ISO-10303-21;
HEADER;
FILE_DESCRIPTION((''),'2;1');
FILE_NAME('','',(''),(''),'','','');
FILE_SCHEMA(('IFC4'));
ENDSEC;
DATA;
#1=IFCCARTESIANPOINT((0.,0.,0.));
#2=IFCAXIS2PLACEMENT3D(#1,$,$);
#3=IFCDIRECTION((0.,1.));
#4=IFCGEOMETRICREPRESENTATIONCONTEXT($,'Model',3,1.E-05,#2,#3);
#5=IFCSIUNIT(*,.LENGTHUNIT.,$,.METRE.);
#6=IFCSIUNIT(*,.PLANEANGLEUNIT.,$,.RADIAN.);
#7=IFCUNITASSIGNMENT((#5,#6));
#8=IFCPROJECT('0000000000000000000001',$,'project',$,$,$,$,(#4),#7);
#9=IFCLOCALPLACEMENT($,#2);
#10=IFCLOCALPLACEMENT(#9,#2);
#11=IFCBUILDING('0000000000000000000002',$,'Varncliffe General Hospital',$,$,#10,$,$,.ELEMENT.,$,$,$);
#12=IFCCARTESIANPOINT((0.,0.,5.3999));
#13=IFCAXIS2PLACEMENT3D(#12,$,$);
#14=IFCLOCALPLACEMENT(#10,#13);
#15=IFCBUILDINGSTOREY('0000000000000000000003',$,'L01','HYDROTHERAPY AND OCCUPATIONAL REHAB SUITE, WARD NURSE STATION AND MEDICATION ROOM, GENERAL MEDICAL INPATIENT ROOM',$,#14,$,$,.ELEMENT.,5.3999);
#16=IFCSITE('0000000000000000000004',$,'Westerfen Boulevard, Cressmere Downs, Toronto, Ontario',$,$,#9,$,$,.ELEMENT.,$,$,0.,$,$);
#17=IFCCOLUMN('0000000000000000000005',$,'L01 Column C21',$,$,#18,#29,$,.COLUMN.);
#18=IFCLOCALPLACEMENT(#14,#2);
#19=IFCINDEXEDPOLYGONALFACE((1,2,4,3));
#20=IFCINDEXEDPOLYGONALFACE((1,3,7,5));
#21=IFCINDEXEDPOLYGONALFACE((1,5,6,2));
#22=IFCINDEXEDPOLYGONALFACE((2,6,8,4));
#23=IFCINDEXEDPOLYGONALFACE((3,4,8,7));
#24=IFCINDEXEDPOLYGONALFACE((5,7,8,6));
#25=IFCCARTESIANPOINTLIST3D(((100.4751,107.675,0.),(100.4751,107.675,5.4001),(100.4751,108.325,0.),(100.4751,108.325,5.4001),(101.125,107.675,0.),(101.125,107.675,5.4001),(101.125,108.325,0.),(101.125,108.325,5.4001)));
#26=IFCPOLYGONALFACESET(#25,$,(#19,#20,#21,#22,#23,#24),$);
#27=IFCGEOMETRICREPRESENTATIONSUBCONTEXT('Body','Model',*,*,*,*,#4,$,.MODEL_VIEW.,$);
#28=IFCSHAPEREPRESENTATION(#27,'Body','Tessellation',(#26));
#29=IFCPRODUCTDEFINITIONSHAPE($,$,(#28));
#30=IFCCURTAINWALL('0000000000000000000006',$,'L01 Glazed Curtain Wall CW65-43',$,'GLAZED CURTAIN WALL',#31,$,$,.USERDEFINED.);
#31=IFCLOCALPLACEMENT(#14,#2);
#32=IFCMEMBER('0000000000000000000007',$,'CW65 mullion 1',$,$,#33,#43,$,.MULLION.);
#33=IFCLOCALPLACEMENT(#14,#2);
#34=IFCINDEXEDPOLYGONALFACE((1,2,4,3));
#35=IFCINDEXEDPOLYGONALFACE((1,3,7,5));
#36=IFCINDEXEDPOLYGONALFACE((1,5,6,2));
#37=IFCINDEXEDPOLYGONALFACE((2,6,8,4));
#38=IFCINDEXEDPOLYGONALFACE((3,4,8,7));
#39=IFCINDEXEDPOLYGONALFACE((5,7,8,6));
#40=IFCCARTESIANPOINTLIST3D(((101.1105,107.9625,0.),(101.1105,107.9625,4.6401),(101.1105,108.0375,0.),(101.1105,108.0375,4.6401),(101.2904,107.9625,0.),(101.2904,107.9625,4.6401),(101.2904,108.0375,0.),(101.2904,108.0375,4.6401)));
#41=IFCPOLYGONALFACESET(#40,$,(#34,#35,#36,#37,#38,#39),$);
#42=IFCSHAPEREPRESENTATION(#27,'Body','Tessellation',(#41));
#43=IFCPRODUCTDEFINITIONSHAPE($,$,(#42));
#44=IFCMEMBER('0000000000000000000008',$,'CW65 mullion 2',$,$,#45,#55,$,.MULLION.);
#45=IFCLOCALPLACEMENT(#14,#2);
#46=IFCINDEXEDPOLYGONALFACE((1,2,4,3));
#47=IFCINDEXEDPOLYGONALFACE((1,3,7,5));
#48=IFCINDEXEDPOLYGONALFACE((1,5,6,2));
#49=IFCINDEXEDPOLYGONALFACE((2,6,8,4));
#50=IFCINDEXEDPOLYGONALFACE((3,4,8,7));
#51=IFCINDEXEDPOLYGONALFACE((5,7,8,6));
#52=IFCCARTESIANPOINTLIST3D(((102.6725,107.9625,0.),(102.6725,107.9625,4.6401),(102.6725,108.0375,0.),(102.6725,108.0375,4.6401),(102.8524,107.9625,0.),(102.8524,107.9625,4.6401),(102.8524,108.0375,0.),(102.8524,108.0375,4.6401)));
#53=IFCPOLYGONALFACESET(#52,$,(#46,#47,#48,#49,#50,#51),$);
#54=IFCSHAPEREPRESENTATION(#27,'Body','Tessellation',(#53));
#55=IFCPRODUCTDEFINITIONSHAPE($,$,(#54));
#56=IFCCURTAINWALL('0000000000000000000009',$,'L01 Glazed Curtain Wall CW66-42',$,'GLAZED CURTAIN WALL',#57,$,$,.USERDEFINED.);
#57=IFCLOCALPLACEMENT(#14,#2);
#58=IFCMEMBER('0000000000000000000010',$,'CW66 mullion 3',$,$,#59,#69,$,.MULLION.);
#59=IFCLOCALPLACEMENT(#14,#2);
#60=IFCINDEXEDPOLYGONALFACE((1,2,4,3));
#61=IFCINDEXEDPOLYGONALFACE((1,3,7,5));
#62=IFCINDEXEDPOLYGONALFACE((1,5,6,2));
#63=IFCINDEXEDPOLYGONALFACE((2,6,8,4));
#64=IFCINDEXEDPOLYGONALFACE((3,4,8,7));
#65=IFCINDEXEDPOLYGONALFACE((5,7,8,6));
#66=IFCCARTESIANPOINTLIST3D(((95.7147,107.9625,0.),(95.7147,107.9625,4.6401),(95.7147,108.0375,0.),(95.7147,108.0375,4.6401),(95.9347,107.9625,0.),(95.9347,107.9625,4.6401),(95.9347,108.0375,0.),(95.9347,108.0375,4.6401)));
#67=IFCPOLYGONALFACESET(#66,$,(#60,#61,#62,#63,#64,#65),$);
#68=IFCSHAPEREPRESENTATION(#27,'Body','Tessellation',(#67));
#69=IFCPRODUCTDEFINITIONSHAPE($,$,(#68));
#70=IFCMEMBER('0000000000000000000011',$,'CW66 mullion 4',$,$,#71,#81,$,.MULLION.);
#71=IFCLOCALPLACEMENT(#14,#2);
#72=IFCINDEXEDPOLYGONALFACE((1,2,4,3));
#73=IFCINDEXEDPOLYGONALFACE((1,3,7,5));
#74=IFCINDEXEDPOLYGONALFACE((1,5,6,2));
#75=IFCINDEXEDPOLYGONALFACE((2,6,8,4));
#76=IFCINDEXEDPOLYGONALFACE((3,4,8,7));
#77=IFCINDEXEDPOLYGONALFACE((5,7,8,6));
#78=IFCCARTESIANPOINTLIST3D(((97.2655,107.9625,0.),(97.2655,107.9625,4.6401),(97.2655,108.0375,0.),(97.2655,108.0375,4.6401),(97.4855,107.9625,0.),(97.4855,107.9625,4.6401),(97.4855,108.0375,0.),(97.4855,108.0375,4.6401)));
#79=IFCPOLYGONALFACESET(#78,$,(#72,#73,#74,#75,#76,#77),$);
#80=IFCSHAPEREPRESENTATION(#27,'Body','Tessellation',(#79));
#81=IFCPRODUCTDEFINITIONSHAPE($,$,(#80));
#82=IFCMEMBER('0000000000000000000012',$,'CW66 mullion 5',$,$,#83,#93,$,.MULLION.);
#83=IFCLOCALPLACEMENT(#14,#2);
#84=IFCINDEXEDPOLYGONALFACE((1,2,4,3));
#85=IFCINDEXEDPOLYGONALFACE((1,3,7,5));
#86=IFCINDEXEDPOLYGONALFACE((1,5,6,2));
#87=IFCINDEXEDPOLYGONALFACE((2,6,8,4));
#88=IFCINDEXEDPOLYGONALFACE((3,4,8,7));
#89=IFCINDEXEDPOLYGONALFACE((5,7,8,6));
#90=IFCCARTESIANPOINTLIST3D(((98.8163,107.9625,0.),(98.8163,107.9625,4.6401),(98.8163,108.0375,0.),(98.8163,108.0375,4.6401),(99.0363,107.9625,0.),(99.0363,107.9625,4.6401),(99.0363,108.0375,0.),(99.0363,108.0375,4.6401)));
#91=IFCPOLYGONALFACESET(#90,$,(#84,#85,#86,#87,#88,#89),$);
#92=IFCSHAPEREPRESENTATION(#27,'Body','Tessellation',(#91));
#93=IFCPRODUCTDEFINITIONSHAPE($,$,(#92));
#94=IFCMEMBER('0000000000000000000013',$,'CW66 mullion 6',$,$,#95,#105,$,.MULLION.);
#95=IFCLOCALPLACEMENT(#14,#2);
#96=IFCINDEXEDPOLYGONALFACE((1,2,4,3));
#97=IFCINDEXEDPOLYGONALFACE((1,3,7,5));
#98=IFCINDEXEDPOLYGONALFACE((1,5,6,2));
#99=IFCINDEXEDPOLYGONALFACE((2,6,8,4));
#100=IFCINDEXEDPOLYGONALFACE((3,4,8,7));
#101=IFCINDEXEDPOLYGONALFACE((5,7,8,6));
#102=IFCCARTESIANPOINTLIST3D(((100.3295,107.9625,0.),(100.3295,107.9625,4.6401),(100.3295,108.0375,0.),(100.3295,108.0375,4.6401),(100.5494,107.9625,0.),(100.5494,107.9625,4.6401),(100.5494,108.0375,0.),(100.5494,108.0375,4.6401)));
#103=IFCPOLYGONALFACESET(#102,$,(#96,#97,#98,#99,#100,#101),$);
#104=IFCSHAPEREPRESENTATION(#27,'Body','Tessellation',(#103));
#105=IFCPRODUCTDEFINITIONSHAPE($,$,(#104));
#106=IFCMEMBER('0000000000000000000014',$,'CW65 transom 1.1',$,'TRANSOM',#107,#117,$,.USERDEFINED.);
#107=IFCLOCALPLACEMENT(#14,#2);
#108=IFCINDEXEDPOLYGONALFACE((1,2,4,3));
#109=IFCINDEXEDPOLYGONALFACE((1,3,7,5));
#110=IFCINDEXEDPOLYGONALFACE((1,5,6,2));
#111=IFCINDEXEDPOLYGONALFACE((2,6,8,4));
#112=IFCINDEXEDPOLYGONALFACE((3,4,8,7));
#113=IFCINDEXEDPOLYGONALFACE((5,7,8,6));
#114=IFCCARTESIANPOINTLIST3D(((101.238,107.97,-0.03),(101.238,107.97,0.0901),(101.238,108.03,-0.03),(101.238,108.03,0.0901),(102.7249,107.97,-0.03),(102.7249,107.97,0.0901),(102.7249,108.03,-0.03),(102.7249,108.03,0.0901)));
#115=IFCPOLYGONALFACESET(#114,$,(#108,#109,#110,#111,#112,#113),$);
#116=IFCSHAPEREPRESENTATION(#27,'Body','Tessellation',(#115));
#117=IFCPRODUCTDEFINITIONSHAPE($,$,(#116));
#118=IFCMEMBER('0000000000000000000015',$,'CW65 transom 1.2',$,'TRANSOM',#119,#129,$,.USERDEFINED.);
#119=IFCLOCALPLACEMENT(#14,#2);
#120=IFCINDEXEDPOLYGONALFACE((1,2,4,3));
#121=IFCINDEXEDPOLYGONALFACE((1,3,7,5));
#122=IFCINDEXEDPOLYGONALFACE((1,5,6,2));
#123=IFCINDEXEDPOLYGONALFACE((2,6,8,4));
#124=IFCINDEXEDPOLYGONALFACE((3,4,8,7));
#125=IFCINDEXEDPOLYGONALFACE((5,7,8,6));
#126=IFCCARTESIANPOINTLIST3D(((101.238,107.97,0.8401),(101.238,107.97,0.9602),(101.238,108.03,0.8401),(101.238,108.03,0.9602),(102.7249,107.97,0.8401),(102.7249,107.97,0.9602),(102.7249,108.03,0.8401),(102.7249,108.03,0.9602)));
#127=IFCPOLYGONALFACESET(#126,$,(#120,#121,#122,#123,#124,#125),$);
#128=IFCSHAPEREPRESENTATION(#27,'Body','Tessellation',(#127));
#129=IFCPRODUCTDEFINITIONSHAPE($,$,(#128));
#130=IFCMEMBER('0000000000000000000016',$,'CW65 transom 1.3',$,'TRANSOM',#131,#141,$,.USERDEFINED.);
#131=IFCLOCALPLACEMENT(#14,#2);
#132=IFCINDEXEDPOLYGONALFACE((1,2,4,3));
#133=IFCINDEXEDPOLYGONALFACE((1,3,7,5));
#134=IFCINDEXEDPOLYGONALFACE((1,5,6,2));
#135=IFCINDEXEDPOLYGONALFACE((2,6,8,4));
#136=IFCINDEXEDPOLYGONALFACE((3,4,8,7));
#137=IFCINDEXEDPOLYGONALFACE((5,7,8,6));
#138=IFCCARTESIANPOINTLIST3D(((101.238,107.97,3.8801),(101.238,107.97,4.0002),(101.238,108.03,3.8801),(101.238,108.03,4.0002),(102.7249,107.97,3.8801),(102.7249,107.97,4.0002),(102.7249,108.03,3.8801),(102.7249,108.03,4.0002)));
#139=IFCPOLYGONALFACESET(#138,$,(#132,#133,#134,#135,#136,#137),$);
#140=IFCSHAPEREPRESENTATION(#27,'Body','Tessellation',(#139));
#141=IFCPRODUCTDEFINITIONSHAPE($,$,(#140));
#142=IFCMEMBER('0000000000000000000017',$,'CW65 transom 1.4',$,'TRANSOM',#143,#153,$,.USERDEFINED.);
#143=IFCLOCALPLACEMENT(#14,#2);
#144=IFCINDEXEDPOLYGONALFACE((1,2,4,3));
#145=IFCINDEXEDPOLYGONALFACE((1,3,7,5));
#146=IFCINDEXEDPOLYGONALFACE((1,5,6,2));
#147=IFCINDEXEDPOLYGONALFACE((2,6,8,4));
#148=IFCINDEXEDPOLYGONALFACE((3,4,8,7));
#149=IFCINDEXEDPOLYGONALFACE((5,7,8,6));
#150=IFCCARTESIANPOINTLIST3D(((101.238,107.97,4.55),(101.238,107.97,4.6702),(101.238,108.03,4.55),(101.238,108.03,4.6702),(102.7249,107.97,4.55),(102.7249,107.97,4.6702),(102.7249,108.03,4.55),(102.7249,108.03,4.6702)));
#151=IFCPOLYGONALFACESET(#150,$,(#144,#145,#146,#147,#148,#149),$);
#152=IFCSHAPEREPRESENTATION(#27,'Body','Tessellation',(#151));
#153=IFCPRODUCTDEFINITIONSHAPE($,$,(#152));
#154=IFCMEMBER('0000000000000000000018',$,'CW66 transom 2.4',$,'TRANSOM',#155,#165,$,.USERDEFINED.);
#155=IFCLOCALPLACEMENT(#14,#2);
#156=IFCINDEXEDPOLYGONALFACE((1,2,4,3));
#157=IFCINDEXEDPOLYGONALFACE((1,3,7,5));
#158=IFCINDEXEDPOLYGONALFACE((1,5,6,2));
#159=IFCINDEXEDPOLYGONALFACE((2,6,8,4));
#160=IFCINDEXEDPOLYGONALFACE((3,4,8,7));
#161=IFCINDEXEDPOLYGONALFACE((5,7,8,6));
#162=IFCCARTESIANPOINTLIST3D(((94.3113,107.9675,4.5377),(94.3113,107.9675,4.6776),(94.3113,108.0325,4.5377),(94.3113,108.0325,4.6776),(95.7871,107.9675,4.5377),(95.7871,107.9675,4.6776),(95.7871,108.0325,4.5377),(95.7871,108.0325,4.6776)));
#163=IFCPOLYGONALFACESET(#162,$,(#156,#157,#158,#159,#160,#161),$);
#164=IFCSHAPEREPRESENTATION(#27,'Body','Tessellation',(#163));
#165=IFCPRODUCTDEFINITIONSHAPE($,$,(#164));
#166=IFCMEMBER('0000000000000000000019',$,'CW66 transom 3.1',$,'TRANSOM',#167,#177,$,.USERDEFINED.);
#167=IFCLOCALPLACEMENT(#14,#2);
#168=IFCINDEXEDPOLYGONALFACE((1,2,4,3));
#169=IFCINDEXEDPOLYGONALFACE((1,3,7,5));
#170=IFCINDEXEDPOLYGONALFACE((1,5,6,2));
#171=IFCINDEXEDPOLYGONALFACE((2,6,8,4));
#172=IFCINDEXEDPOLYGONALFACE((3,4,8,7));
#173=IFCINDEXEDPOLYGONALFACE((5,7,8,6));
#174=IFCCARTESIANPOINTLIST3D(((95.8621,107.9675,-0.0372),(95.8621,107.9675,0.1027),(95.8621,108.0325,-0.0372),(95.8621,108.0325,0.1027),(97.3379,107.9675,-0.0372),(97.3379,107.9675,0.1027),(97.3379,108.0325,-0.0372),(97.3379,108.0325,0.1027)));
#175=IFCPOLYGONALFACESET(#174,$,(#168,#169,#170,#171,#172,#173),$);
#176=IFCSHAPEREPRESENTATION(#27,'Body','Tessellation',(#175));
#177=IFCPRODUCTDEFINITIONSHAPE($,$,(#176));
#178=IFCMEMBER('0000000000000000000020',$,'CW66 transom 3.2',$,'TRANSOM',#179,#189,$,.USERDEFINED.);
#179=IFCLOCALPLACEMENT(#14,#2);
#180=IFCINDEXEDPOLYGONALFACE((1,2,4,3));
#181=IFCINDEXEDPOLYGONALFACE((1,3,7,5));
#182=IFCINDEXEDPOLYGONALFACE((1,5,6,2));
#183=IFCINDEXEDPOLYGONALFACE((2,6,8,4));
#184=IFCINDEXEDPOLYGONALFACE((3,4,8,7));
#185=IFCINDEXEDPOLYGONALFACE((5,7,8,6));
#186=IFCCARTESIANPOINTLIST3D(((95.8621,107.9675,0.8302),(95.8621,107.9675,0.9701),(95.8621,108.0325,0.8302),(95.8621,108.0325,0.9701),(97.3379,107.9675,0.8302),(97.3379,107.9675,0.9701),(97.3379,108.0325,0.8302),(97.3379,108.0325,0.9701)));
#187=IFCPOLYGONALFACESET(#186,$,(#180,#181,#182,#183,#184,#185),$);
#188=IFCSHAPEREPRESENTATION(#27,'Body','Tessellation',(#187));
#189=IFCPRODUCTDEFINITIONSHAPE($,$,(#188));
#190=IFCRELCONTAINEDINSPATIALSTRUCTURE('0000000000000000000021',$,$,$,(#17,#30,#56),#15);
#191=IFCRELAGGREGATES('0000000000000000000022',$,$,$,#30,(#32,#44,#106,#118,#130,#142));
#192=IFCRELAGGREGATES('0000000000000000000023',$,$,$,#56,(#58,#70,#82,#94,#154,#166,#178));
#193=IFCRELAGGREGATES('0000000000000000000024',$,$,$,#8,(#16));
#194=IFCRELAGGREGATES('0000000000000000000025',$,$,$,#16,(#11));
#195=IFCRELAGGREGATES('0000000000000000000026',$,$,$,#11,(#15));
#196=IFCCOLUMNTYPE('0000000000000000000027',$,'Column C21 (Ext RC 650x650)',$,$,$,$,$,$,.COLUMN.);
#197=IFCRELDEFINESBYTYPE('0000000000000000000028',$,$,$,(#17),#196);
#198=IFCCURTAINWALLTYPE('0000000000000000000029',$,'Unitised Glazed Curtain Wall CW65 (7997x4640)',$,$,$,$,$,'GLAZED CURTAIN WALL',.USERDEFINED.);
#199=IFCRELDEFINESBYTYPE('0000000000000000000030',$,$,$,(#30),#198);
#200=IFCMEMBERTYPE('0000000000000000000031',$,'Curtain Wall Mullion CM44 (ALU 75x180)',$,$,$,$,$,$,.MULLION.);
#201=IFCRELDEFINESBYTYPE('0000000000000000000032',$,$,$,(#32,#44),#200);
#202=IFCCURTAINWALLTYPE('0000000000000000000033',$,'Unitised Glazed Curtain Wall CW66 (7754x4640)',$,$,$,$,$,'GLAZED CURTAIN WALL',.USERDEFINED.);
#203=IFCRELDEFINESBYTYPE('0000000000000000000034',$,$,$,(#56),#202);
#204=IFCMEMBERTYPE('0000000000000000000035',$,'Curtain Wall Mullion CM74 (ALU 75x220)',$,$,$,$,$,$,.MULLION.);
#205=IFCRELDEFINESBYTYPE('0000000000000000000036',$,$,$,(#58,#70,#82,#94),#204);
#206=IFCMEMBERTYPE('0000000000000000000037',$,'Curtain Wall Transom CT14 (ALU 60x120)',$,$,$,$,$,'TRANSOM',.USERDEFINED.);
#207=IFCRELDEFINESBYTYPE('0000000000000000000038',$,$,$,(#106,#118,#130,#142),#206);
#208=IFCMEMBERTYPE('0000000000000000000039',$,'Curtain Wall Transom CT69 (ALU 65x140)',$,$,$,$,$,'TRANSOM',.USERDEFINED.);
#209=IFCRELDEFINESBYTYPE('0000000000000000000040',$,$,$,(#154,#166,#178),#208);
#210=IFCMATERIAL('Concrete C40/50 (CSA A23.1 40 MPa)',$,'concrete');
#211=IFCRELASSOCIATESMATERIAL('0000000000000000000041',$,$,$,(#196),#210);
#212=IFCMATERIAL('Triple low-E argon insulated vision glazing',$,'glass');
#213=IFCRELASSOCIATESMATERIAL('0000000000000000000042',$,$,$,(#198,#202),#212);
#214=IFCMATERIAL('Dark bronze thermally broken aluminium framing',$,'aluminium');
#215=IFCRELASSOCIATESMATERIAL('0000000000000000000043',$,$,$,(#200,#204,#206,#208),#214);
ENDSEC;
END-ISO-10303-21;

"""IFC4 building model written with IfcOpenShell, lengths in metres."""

from ifc_helpers import new_model, si_unit, direction, frame, origin, origin_2d, place, context, subcontext, project, spatial, rectangle, extrude, material, material_profile, profile_set, type_object, element, aggregate, save


model = new_model("IFC4")

# Units and contexts
model_context = context("Model", 3, precision=1e-05, world=origin(), true_north=direction((0.0, 1.0)))
body_context = subcontext(model_context, "Body", "Model", "MODEL_VIEW")
ifc_project = project(units=[si_unit("LENGTHUNIT", "METRE"), si_unit("PLANEANGLEUNIT", "RADIAN")], contexts=[model_context])

# Site, building, storey
site_placement = place(None, origin())
site = spatial("IfcSite", under=ifc_project, at=site_placement, Name="Westerfen Boulevard, Cressmere Downs, Toronto, Ontario", CompositionType="ELEMENT", RefElevation=0.0)
building_placement = place(site_placement, origin())
building = spatial("IfcBuilding", under=site, at=building_placement, Name="Varncliffe General Hospital", CompositionType="ELEMENT")
storey_placement = place(building_placement, frame((0.0, 0.0, 5.3999)))
storey = spatial("IfcBuildingStorey", under=building, at=storey_placement, Name="L01", Description="HYDROTHERAPY AND OCCUPATIONAL REHAB SUITE, WARD NURSE STATION AND MEDICATION ROOM, GENERAL MEDICAL INPATIENT ROOM", CompositionType="ELEMENT", Elevation=5.3999)

# Column
ifc_material_1 = material(Name="Concrete C40/50 (CSA A23.1 40 MPa)", Category="concrete")
ifc_material_profile_1 = material_profile(ifc_material_1, rectangle(XDim=0.6499, YDim=0.6499, at=origin_2d()), Name="RC 650x650")
ifc_profile_set_1 = profile_set([ifc_material_profile_1], Name="Concrete C40/50 (CSA A23.1 40 MPa)")
column_type = type_object("IfcColumnType", Name="Column C21 (Ext RC 650x650)", PredefinedType="COLUMN", material=ifc_profile_set_1)
column_placement = place(storey_placement, frame((100.8, 108.0, 0.0), z_axis=(0.0, 0.0, 1.0), x_axis=(1.0, 0.0, 0.0)))
element("IfcColumn", 1, at=column_placement, inside=storey, type_object=column_type, Name="L01 Column C21", PredefinedType="COLUMN", context=body_context, shape_type="SweptSolid", body=[
    extrude(rectangle(XDim=0.6499, YDim=0.6499, at=origin_2d()), origin(), (0.0, 0.0, 1.0), 5.4001),
])

# Curtain walls, members
ifc_material_2 = material(Name="Triple low-E argon insulated vision glazing", Category="glass")
curtain_wall_type_1 = type_object("IfcCurtainWallType", Name="Unitised Glazed Curtain Wall CW65 (7997x4640)", ElementType="GLAZED CURTAIN WALL", PredefinedType="USERDEFINED", material=ifc_material_2)
curtain_wall_1_placement = place(storey_placement, origin())
curtain_wall_1 = element("IfcCurtainWall", 2, at=curtain_wall_1_placement, inside=storey, type_object=curtain_wall_type_1, Name="L01 Glazed Curtain Wall CW65-43", ObjectType="GLAZED CURTAIN WALL", PredefinedType="USERDEFINED")
ifc_material_3 = material(Name="Dark bronze thermally broken aluminium framing", Category="aluminium")
ifc_material_profile_2 = material_profile(ifc_material_3, rectangle(XDim=0.075, YDim=0.1799, at=origin_2d()), Name="ALU 75x180")
ifc_profile_set_2 = profile_set([ifc_material_profile_2], Name="Dark bronze thermally broken aluminium framing")
member_type_1 = type_object("IfcMemberType", Name="Curtain Wall Mullion CM44 (ALU 75x180)", PredefinedType="MULLION", material=ifc_profile_set_2)
member_1_placement = place(storey_placement, frame((101.2004, 108.0, 0.0), z_axis=(0.0, 0.0, 1.0), x_axis=(0.0, 1.0, 0.0)))
member_1 = element("IfcMember", 3, at=member_1_placement, type_object=member_type_1, Name="CW65 mullion 1", PredefinedType="MULLION", context=body_context, shape_type="SweptSolid", body=[
    extrude(rectangle(XDim=0.075, YDim=0.1799, at=origin_2d()), origin(), (0.0, 0.0, 1.0), 4.6401),
])
member_2_placement = place(storey_placement, frame((102.7625, 108.0, 0.0), z_axis=(0.0, 0.0, 1.0), x_axis=(0.0, 1.0, 0.0)))
member_2 = element("IfcMember", 4, at=member_2_placement, type_object=member_type_1, Name="CW65 mullion 2", PredefinedType="MULLION", context=body_context, shape_type="SweptSolid", body=[
    extrude(rectangle(XDim=0.075, YDim=0.1799, at=origin_2d()), origin(), (0.0, 0.0, 1.0), 4.6401),
])
curtain_wall_type_2 = type_object("IfcCurtainWallType", Name="Unitised Glazed Curtain Wall CW66 (7754x4640)", ElementType="GLAZED CURTAIN WALL", PredefinedType="USERDEFINED", material=ifc_material_2)
curtain_wall_2_placement = place(storey_placement, origin())
curtain_wall_2 = element("IfcCurtainWall", 5, at=curtain_wall_2_placement, inside=storey, type_object=curtain_wall_type_2, Name="L01 Glazed Curtain Wall CW66-42", ObjectType="GLAZED CURTAIN WALL", PredefinedType="USERDEFINED")
ifc_material_profile_3 = material_profile(ifc_material_3, rectangle(XDim=0.075, YDim=0.22, at=origin_2d()), Name="ALU 75x220")
ifc_profile_set_3 = profile_set([ifc_material_profile_3], Name="Dark bronze thermally broken aluminium framing")
member_type_2 = type_object("IfcMemberType", Name="Curtain Wall Mullion CM74 (ALU 75x220)", PredefinedType="MULLION", material=ifc_profile_set_3)
member_3_placement = place(storey_placement, frame((95.8247, 108.0, 0.0), z_axis=(0.0, 0.0, 1.0), x_axis=(0.0, 1.0, 0.0)))
member_3 = element("IfcMember", 6, at=member_3_placement, type_object=member_type_2, Name="CW66 mullion 3", PredefinedType="MULLION", context=body_context, shape_type="SweptSolid", body=[
    extrude(rectangle(XDim=0.075, YDim=0.22, at=origin_2d()), origin(), (0.0, 0.0, 1.0), 4.6401),
])
member_4_placement = place(storey_placement, frame((97.3755, 108.0, 0.0), z_axis=(0.0, 0.0, 1.0), x_axis=(0.0, 1.0, 0.0)))
member_4 = element("IfcMember", 7, at=member_4_placement, type_object=member_type_2, Name="CW66 mullion 4", PredefinedType="MULLION", context=body_context, shape_type="SweptSolid", body=[
    extrude(rectangle(XDim=0.075, YDim=0.22, at=origin_2d()), origin(), (0.0, 0.0, 1.0), 4.6401),
])
member_5_placement = place(storey_placement, frame((98.9263, 108.0, 0.0), z_axis=(0.0, 0.0, 1.0), x_axis=(0.0, 1.0, 0.0)))
member_5 = element("IfcMember", 8, at=member_5_placement, type_object=member_type_2, Name="CW66 mullion 5", PredefinedType="MULLION", context=body_context, shape_type="SweptSolid", body=[
    extrude(rectangle(XDim=0.075, YDim=0.22, at=origin_2d()), origin(), (0.0, 0.0, 1.0), 4.6401),
])
member_6_placement = place(storey_placement, frame((100.4395, 108.0, 0.0), z_axis=(0.0, 0.0, 1.0), x_axis=(0.0, 1.0, 0.0)))
member_6 = element("IfcMember", 9, at=member_6_placement, type_object=member_type_2, Name="CW66 mullion 6", PredefinedType="MULLION", context=body_context, shape_type="SweptSolid", body=[
    extrude(rectangle(XDim=0.075, YDim=0.22, at=origin_2d()), origin(), (0.0, 0.0, 1.0), 4.6401),
])

# Members
ifc_material_profile_4 = material_profile(ifc_material_3, rectangle(XDim=0.0601, YDim=0.1201, at=origin_2d()), Name="ALU 60x120")
ifc_profile_set_4 = profile_set([ifc_material_profile_4], Name="Dark bronze thermally broken aluminium framing")
member_type_3 = type_object("IfcMemberType", Name="Curtain Wall Transom CT14 (ALU 60x120)", ElementType="TRANSOM", PredefinedType="USERDEFINED", material=ifc_profile_set_4)
member_7_placement = place(storey_placement, frame((101.238, 108.0, 0.03), z_axis=(1.0, 0.0, 0.0), x_axis=(0.0, 1.0, 0.0)))
member_7 = element("IfcMember", 10, at=member_7_placement, type_object=member_type_3, Name="CW65 transom 1.1", ObjectType="TRANSOM", PredefinedType="USERDEFINED", context=body_context, shape_type="SweptSolid", body=[
    extrude(rectangle(XDim=0.0601, YDim=0.1201, at=origin_2d()), origin(), (0.0, 0.0, 1.0), 1.4868),
])
member_8_placement = place(storey_placement, frame((101.238, 108.0, 0.9001), z_axis=(1.0, 0.0, 0.0), x_axis=(0.0, 1.0, 0.0)))
member_8 = element("IfcMember", 11, at=member_8_placement, type_object=member_type_3, Name="CW65 transom 1.2", ObjectType="TRANSOM", PredefinedType="USERDEFINED", context=body_context, shape_type="SweptSolid", body=[
    extrude(rectangle(XDim=0.0601, YDim=0.1201, at=origin_2d()), origin(), (0.0, 0.0, 1.0), 1.4868),
])
member_9_placement = place(storey_placement, frame((101.238, 108.0, 3.9402), z_axis=(1.0, 0.0, 0.0), x_axis=(0.0, 1.0, 0.0)))
member_9 = element("IfcMember", 12, at=member_9_placement, type_object=member_type_3, Name="CW65 transom 1.3", ObjectType="TRANSOM", PredefinedType="USERDEFINED", context=body_context, shape_type="SweptSolid", body=[
    extrude(rectangle(XDim=0.0601, YDim=0.1201, at=origin_2d()), origin(), (0.0, 0.0, 1.0), 1.4868),
])
member_10_placement = place(storey_placement, frame((101.238, 108.0, 4.6101), z_axis=(1.0, 0.0, 0.0), x_axis=(0.0, 1.0, 0.0)))
member_10 = element("IfcMember", 13, at=member_10_placement, type_object=member_type_3, Name="CW65 transom 1.4", ObjectType="TRANSOM", PredefinedType="USERDEFINED", context=body_context, shape_type="SweptSolid", body=[
    extrude(rectangle(XDim=0.0601, YDim=0.1201, at=origin_2d()), origin(), (0.0, 0.0, 1.0), 1.4868),
])
ifc_material_profile_5 = material_profile(ifc_material_3, rectangle(XDim=0.0649, YDim=0.1399, at=origin_2d()), Name="ALU 65x140")
ifc_profile_set_5 = profile_set([ifc_material_profile_5], Name="Dark bronze thermally broken aluminium framing")
member_type_4 = type_object("IfcMemberType", Name="Curtain Wall Transom CT69 (ALU 65x140)", ElementType="TRANSOM", PredefinedType="USERDEFINED", material=ifc_profile_set_5)
member_11_placement = place(storey_placement, frame((94.3113, 108.0, 4.6077), z_axis=(1.0, 0.0, 0.0), x_axis=(0.0, 1.0, 0.0)))
member_11 = element("IfcMember", 14, at=member_11_placement, type_object=member_type_4, Name="CW66 transom 2.4", ObjectType="TRANSOM", PredefinedType="USERDEFINED", context=body_context, shape_type="SweptSolid", body=[
    extrude(rectangle(XDim=0.0649, YDim=0.1399, at=origin_2d()), origin(), (0.0, 0.0, 1.0), 1.4758),
])
member_12_placement = place(storey_placement, frame((95.8621, 108.0, 0.0327), z_axis=(1.0, 0.0, 0.0), x_axis=(0.0, 1.0, 0.0)))
member_12 = element("IfcMember", 15, at=member_12_placement, type_object=member_type_4, Name="CW66 transom 3.1", ObjectType="TRANSOM", PredefinedType="USERDEFINED", context=body_context, shape_type="SweptSolid", body=[
    extrude(rectangle(XDim=0.0649, YDim=0.1399, at=origin_2d()), origin(), (0.0, 0.0, 1.0), 1.4758),
])
member_13_placement = place(storey_placement, frame((95.8621, 108.0, 0.9001), z_axis=(1.0, 0.0, 0.0), x_axis=(0.0, 1.0, 0.0)))
member_13 = element("IfcMember", 16, at=member_13_placement, type_object=member_type_4, Name="CW66 transom 3.2", ObjectType="TRANSOM", PredefinedType="USERDEFINED", context=body_context, shape_type="SweptSolid", body=[
    extrude(rectangle(XDim=0.0649, YDim=0.1399, at=origin_2d()), origin(), (0.0, 0.0, 1.0), 1.4758),
])

aggregate(curtain_wall_1, [member_1, member_2, member_7, member_8, member_9, member_10])
aggregate(curtain_wall_2, [member_3, member_4, member_5, member_6, member_11, member_12, member_13])

save(model, "model.ifc")
